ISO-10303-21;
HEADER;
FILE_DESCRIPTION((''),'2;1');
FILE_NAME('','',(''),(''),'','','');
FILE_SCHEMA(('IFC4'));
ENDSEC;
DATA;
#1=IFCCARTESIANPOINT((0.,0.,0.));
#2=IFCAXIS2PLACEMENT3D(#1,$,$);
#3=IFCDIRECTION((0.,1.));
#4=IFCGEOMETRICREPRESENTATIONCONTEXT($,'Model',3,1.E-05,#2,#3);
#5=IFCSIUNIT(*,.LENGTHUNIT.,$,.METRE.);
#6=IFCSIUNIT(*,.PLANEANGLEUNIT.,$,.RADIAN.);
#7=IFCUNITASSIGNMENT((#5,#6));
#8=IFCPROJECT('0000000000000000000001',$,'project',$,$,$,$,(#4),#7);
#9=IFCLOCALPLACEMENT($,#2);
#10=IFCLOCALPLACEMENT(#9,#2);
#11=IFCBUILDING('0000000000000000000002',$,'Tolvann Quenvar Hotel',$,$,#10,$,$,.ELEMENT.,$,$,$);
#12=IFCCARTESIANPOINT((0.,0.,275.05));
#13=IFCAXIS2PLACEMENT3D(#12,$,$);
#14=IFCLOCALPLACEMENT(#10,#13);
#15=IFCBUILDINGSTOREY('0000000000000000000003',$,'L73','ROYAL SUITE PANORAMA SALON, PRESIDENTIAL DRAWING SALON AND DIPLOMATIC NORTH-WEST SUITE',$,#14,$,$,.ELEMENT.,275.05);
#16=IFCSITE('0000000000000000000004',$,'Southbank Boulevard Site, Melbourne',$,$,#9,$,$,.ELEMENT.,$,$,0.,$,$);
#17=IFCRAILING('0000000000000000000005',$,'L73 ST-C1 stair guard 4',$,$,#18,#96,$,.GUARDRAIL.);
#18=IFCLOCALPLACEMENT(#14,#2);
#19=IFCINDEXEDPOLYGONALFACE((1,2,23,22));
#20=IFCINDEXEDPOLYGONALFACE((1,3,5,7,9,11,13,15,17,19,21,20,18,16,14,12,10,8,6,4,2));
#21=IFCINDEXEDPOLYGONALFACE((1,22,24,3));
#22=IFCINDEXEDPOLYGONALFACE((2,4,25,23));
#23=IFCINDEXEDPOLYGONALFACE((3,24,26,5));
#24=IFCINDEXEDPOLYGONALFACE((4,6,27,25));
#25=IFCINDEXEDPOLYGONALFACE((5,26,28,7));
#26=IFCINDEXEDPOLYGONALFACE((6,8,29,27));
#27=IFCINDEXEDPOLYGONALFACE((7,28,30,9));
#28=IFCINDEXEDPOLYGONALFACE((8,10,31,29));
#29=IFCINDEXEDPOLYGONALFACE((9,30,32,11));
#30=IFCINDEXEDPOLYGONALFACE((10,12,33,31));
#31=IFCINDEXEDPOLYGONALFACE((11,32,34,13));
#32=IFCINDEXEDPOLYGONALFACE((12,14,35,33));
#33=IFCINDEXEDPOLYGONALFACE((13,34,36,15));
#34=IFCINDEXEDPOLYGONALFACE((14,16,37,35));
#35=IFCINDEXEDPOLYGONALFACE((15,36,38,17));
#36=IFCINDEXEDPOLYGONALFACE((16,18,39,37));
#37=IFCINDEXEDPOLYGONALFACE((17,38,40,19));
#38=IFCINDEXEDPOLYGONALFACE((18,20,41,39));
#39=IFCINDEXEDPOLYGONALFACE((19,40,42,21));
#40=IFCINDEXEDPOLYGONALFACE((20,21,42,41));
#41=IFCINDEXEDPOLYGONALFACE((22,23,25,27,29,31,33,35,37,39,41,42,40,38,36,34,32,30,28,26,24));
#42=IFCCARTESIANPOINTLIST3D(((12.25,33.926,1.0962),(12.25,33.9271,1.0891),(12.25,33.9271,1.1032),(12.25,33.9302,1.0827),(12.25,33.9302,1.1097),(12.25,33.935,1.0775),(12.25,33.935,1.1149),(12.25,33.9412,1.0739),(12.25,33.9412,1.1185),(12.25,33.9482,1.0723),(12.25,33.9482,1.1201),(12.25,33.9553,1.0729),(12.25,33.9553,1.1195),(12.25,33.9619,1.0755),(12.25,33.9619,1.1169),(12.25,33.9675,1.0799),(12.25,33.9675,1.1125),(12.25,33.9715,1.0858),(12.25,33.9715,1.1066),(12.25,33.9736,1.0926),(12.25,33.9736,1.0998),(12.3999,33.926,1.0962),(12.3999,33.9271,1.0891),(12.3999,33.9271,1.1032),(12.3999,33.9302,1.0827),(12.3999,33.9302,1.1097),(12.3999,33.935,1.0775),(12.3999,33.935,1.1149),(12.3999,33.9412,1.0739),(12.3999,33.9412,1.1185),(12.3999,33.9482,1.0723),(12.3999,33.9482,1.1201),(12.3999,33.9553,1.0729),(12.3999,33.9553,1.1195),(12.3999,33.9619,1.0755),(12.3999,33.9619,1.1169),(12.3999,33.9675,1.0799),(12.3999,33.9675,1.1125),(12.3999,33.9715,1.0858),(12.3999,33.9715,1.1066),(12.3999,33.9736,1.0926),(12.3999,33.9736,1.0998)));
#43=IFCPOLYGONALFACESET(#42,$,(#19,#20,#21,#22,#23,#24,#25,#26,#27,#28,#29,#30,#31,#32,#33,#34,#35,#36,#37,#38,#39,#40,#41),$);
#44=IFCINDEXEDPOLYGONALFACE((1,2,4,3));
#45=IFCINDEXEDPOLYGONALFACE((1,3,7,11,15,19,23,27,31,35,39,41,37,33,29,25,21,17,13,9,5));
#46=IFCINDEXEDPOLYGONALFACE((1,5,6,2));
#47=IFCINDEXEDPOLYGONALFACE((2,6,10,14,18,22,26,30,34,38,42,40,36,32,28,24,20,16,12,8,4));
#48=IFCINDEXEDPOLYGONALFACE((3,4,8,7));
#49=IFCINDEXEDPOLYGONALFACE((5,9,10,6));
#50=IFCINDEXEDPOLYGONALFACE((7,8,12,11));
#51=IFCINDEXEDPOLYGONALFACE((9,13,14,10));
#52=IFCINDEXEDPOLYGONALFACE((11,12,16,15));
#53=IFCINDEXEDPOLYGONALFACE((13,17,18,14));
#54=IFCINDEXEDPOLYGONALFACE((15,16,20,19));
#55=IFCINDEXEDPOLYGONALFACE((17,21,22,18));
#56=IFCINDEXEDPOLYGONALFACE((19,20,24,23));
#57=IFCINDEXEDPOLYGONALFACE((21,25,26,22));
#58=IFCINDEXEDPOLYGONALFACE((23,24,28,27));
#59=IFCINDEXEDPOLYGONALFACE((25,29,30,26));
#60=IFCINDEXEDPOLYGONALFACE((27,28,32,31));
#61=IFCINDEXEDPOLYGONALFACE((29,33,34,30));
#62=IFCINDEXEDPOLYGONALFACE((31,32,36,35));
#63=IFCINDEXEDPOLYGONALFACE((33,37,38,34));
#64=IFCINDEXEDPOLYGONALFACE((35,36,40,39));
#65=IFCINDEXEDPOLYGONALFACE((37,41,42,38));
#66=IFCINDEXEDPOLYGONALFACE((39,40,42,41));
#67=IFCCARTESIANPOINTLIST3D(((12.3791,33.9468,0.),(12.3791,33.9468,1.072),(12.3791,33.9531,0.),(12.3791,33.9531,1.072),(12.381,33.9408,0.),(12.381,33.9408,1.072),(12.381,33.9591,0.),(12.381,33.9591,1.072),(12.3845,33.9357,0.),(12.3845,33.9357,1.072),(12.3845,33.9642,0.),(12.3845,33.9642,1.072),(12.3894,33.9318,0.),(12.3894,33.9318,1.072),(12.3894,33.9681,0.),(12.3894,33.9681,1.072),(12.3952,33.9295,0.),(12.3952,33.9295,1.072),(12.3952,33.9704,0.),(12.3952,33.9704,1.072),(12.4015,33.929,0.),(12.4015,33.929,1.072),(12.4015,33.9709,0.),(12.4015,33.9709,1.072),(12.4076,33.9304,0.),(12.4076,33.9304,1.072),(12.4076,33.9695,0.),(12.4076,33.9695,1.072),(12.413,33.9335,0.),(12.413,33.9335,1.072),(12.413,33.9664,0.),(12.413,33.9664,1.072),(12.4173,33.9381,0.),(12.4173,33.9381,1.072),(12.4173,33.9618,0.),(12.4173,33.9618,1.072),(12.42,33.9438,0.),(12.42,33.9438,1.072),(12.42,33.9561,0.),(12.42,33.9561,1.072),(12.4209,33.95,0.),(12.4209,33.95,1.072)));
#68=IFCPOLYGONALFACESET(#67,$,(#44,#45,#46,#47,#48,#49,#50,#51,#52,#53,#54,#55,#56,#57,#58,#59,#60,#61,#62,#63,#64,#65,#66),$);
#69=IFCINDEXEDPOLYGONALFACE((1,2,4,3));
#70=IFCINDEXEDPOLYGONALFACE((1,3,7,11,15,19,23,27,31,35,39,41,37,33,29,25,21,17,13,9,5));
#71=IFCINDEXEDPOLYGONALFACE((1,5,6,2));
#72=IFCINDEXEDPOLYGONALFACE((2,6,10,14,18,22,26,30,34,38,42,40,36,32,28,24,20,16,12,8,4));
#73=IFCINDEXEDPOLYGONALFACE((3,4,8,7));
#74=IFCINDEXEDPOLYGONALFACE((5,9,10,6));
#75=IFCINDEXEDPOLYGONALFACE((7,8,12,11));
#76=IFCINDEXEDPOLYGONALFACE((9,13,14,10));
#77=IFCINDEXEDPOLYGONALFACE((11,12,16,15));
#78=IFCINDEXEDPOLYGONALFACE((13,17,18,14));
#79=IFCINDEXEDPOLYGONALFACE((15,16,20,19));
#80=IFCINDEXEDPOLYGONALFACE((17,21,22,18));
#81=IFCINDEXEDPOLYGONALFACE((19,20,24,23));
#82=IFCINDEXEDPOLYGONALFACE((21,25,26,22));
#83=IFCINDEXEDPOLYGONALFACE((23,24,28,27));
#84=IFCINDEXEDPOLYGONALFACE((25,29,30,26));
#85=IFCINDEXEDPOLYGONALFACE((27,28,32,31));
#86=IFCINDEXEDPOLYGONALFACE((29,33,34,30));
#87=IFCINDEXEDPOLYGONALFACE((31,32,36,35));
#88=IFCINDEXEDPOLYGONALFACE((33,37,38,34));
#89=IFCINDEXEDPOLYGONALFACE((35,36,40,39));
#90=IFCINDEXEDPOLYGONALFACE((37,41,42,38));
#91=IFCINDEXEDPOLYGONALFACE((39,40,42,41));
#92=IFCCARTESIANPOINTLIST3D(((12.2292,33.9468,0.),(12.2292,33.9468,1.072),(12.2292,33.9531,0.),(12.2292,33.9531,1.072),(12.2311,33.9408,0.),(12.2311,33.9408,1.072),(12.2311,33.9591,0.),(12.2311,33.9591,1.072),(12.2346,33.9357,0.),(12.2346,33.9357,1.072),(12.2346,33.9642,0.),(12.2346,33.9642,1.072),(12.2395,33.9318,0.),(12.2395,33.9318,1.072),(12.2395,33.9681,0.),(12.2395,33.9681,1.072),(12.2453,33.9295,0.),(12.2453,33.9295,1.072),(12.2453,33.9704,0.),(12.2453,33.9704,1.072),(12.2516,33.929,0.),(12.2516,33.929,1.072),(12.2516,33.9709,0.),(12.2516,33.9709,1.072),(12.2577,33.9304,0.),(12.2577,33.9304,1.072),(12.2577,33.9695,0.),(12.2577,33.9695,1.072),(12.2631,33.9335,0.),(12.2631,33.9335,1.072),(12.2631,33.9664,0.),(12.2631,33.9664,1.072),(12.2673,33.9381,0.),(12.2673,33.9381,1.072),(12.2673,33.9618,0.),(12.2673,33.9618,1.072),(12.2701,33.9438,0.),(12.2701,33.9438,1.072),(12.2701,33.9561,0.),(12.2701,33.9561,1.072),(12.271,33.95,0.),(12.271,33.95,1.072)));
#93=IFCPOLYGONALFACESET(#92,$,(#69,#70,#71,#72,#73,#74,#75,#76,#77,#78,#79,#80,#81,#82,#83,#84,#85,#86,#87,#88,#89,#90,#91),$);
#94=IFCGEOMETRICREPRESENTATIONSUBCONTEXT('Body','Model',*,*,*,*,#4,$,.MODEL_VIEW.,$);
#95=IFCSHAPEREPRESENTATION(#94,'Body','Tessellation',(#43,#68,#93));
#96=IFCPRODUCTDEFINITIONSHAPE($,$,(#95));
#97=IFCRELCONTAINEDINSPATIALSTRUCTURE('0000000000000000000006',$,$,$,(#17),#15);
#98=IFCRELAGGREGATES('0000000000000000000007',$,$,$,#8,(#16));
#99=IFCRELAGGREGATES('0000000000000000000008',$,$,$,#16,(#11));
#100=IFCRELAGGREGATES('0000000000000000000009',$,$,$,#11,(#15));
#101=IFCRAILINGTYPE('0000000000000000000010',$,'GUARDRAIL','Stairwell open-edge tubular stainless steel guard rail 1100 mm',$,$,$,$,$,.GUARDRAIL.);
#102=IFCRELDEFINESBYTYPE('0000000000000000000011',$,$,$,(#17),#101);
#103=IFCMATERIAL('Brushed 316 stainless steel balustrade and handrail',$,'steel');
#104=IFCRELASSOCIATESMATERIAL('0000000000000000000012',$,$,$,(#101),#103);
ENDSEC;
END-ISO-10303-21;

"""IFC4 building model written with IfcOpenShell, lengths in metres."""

from ifc_helpers import new_model, si_unit, direction, frame, origin, origin_2d, place, context, subcontext, project, spatial, circle, extrude, material, type_object, element, save


model = new_model("IFC4")

# Units and contexts
model_context = context("Model", 3, precision=1e-05, world=origin(), true_north=direction((0.0, 1.0)))
body_context = subcontext(model_context, "Body", "Model", "MODEL_VIEW")
ifc_project = project(units=[si_unit("LENGTHUNIT", "METRE"), si_unit("PLANEANGLEUNIT", "RADIAN")], contexts=[model_context])

# Site, building, storey
site_placement = place(None, origin())
site = spatial("IfcSite", under=ifc_project, at=site_placement, Name="Southbank Boulevard Site, Melbourne", CompositionType="ELEMENT", RefElevation=0.0)
building_placement = place(site_placement, origin())
building = spatial("IfcBuilding", under=site, at=building_placement, Name="Tolvann Quenvar Hotel", CompositionType="ELEMENT")
storey_placement = place(building_placement, frame((0.0, 0.0, 275.05)))
storey = spatial("IfcBuildingStorey", under=building, at=storey_placement, Name="L73", Description="ROYAL SUITE PANORAMA SALON, PRESIDENTIAL DRAWING SALON AND DIPLOMATIC NORTH-WEST SUITE", CompositionType="ELEMENT", Elevation=275.05)

# Railing
ifc_material_1 = material(Name="Brushed 316 stainless steel balustrade and handrail", Category="steel")
railing_type_1 = type_object("IfcRailingType", Name="GUARDRAIL", Description="Stairwell open-edge tubular stainless steel guard rail 1100 mm", PredefinedType="GUARDRAIL", material=ifc_material_1)
railing_1_placement = place(storey_placement, frame((12.3999, 33.95, 0.0)))
element("IfcRailing", 1, at=railing_1_placement, inside=storey, type_object=railing_type_1, Name="L73 ST-C1 stair guard 4", PredefinedType="GUARDRAIL", context=body_context, shape_type="SweptSolid", body=[
    extrude(circle(Radius=0.0239, at=origin_2d()), frame((0.0, 0.0, 1.0962), z_axis=(-1.0, 0.0, 0.0), x_axis=(0.0, -1.0, 0.0)), (0.0, 0.0, 1.0), 0.1499),
    extrude(circle(Radius=0.021, at=origin_2d()), origin(), (0.0, 0.0, 1.0), 1.072),
    extrude(circle(Radius=0.021, at=origin_2d()), frame((-0.1499, 0.0, 0.0)), (0.0, 0.0, 1.0), 1.072),
])

save(model, "model.ifc")
